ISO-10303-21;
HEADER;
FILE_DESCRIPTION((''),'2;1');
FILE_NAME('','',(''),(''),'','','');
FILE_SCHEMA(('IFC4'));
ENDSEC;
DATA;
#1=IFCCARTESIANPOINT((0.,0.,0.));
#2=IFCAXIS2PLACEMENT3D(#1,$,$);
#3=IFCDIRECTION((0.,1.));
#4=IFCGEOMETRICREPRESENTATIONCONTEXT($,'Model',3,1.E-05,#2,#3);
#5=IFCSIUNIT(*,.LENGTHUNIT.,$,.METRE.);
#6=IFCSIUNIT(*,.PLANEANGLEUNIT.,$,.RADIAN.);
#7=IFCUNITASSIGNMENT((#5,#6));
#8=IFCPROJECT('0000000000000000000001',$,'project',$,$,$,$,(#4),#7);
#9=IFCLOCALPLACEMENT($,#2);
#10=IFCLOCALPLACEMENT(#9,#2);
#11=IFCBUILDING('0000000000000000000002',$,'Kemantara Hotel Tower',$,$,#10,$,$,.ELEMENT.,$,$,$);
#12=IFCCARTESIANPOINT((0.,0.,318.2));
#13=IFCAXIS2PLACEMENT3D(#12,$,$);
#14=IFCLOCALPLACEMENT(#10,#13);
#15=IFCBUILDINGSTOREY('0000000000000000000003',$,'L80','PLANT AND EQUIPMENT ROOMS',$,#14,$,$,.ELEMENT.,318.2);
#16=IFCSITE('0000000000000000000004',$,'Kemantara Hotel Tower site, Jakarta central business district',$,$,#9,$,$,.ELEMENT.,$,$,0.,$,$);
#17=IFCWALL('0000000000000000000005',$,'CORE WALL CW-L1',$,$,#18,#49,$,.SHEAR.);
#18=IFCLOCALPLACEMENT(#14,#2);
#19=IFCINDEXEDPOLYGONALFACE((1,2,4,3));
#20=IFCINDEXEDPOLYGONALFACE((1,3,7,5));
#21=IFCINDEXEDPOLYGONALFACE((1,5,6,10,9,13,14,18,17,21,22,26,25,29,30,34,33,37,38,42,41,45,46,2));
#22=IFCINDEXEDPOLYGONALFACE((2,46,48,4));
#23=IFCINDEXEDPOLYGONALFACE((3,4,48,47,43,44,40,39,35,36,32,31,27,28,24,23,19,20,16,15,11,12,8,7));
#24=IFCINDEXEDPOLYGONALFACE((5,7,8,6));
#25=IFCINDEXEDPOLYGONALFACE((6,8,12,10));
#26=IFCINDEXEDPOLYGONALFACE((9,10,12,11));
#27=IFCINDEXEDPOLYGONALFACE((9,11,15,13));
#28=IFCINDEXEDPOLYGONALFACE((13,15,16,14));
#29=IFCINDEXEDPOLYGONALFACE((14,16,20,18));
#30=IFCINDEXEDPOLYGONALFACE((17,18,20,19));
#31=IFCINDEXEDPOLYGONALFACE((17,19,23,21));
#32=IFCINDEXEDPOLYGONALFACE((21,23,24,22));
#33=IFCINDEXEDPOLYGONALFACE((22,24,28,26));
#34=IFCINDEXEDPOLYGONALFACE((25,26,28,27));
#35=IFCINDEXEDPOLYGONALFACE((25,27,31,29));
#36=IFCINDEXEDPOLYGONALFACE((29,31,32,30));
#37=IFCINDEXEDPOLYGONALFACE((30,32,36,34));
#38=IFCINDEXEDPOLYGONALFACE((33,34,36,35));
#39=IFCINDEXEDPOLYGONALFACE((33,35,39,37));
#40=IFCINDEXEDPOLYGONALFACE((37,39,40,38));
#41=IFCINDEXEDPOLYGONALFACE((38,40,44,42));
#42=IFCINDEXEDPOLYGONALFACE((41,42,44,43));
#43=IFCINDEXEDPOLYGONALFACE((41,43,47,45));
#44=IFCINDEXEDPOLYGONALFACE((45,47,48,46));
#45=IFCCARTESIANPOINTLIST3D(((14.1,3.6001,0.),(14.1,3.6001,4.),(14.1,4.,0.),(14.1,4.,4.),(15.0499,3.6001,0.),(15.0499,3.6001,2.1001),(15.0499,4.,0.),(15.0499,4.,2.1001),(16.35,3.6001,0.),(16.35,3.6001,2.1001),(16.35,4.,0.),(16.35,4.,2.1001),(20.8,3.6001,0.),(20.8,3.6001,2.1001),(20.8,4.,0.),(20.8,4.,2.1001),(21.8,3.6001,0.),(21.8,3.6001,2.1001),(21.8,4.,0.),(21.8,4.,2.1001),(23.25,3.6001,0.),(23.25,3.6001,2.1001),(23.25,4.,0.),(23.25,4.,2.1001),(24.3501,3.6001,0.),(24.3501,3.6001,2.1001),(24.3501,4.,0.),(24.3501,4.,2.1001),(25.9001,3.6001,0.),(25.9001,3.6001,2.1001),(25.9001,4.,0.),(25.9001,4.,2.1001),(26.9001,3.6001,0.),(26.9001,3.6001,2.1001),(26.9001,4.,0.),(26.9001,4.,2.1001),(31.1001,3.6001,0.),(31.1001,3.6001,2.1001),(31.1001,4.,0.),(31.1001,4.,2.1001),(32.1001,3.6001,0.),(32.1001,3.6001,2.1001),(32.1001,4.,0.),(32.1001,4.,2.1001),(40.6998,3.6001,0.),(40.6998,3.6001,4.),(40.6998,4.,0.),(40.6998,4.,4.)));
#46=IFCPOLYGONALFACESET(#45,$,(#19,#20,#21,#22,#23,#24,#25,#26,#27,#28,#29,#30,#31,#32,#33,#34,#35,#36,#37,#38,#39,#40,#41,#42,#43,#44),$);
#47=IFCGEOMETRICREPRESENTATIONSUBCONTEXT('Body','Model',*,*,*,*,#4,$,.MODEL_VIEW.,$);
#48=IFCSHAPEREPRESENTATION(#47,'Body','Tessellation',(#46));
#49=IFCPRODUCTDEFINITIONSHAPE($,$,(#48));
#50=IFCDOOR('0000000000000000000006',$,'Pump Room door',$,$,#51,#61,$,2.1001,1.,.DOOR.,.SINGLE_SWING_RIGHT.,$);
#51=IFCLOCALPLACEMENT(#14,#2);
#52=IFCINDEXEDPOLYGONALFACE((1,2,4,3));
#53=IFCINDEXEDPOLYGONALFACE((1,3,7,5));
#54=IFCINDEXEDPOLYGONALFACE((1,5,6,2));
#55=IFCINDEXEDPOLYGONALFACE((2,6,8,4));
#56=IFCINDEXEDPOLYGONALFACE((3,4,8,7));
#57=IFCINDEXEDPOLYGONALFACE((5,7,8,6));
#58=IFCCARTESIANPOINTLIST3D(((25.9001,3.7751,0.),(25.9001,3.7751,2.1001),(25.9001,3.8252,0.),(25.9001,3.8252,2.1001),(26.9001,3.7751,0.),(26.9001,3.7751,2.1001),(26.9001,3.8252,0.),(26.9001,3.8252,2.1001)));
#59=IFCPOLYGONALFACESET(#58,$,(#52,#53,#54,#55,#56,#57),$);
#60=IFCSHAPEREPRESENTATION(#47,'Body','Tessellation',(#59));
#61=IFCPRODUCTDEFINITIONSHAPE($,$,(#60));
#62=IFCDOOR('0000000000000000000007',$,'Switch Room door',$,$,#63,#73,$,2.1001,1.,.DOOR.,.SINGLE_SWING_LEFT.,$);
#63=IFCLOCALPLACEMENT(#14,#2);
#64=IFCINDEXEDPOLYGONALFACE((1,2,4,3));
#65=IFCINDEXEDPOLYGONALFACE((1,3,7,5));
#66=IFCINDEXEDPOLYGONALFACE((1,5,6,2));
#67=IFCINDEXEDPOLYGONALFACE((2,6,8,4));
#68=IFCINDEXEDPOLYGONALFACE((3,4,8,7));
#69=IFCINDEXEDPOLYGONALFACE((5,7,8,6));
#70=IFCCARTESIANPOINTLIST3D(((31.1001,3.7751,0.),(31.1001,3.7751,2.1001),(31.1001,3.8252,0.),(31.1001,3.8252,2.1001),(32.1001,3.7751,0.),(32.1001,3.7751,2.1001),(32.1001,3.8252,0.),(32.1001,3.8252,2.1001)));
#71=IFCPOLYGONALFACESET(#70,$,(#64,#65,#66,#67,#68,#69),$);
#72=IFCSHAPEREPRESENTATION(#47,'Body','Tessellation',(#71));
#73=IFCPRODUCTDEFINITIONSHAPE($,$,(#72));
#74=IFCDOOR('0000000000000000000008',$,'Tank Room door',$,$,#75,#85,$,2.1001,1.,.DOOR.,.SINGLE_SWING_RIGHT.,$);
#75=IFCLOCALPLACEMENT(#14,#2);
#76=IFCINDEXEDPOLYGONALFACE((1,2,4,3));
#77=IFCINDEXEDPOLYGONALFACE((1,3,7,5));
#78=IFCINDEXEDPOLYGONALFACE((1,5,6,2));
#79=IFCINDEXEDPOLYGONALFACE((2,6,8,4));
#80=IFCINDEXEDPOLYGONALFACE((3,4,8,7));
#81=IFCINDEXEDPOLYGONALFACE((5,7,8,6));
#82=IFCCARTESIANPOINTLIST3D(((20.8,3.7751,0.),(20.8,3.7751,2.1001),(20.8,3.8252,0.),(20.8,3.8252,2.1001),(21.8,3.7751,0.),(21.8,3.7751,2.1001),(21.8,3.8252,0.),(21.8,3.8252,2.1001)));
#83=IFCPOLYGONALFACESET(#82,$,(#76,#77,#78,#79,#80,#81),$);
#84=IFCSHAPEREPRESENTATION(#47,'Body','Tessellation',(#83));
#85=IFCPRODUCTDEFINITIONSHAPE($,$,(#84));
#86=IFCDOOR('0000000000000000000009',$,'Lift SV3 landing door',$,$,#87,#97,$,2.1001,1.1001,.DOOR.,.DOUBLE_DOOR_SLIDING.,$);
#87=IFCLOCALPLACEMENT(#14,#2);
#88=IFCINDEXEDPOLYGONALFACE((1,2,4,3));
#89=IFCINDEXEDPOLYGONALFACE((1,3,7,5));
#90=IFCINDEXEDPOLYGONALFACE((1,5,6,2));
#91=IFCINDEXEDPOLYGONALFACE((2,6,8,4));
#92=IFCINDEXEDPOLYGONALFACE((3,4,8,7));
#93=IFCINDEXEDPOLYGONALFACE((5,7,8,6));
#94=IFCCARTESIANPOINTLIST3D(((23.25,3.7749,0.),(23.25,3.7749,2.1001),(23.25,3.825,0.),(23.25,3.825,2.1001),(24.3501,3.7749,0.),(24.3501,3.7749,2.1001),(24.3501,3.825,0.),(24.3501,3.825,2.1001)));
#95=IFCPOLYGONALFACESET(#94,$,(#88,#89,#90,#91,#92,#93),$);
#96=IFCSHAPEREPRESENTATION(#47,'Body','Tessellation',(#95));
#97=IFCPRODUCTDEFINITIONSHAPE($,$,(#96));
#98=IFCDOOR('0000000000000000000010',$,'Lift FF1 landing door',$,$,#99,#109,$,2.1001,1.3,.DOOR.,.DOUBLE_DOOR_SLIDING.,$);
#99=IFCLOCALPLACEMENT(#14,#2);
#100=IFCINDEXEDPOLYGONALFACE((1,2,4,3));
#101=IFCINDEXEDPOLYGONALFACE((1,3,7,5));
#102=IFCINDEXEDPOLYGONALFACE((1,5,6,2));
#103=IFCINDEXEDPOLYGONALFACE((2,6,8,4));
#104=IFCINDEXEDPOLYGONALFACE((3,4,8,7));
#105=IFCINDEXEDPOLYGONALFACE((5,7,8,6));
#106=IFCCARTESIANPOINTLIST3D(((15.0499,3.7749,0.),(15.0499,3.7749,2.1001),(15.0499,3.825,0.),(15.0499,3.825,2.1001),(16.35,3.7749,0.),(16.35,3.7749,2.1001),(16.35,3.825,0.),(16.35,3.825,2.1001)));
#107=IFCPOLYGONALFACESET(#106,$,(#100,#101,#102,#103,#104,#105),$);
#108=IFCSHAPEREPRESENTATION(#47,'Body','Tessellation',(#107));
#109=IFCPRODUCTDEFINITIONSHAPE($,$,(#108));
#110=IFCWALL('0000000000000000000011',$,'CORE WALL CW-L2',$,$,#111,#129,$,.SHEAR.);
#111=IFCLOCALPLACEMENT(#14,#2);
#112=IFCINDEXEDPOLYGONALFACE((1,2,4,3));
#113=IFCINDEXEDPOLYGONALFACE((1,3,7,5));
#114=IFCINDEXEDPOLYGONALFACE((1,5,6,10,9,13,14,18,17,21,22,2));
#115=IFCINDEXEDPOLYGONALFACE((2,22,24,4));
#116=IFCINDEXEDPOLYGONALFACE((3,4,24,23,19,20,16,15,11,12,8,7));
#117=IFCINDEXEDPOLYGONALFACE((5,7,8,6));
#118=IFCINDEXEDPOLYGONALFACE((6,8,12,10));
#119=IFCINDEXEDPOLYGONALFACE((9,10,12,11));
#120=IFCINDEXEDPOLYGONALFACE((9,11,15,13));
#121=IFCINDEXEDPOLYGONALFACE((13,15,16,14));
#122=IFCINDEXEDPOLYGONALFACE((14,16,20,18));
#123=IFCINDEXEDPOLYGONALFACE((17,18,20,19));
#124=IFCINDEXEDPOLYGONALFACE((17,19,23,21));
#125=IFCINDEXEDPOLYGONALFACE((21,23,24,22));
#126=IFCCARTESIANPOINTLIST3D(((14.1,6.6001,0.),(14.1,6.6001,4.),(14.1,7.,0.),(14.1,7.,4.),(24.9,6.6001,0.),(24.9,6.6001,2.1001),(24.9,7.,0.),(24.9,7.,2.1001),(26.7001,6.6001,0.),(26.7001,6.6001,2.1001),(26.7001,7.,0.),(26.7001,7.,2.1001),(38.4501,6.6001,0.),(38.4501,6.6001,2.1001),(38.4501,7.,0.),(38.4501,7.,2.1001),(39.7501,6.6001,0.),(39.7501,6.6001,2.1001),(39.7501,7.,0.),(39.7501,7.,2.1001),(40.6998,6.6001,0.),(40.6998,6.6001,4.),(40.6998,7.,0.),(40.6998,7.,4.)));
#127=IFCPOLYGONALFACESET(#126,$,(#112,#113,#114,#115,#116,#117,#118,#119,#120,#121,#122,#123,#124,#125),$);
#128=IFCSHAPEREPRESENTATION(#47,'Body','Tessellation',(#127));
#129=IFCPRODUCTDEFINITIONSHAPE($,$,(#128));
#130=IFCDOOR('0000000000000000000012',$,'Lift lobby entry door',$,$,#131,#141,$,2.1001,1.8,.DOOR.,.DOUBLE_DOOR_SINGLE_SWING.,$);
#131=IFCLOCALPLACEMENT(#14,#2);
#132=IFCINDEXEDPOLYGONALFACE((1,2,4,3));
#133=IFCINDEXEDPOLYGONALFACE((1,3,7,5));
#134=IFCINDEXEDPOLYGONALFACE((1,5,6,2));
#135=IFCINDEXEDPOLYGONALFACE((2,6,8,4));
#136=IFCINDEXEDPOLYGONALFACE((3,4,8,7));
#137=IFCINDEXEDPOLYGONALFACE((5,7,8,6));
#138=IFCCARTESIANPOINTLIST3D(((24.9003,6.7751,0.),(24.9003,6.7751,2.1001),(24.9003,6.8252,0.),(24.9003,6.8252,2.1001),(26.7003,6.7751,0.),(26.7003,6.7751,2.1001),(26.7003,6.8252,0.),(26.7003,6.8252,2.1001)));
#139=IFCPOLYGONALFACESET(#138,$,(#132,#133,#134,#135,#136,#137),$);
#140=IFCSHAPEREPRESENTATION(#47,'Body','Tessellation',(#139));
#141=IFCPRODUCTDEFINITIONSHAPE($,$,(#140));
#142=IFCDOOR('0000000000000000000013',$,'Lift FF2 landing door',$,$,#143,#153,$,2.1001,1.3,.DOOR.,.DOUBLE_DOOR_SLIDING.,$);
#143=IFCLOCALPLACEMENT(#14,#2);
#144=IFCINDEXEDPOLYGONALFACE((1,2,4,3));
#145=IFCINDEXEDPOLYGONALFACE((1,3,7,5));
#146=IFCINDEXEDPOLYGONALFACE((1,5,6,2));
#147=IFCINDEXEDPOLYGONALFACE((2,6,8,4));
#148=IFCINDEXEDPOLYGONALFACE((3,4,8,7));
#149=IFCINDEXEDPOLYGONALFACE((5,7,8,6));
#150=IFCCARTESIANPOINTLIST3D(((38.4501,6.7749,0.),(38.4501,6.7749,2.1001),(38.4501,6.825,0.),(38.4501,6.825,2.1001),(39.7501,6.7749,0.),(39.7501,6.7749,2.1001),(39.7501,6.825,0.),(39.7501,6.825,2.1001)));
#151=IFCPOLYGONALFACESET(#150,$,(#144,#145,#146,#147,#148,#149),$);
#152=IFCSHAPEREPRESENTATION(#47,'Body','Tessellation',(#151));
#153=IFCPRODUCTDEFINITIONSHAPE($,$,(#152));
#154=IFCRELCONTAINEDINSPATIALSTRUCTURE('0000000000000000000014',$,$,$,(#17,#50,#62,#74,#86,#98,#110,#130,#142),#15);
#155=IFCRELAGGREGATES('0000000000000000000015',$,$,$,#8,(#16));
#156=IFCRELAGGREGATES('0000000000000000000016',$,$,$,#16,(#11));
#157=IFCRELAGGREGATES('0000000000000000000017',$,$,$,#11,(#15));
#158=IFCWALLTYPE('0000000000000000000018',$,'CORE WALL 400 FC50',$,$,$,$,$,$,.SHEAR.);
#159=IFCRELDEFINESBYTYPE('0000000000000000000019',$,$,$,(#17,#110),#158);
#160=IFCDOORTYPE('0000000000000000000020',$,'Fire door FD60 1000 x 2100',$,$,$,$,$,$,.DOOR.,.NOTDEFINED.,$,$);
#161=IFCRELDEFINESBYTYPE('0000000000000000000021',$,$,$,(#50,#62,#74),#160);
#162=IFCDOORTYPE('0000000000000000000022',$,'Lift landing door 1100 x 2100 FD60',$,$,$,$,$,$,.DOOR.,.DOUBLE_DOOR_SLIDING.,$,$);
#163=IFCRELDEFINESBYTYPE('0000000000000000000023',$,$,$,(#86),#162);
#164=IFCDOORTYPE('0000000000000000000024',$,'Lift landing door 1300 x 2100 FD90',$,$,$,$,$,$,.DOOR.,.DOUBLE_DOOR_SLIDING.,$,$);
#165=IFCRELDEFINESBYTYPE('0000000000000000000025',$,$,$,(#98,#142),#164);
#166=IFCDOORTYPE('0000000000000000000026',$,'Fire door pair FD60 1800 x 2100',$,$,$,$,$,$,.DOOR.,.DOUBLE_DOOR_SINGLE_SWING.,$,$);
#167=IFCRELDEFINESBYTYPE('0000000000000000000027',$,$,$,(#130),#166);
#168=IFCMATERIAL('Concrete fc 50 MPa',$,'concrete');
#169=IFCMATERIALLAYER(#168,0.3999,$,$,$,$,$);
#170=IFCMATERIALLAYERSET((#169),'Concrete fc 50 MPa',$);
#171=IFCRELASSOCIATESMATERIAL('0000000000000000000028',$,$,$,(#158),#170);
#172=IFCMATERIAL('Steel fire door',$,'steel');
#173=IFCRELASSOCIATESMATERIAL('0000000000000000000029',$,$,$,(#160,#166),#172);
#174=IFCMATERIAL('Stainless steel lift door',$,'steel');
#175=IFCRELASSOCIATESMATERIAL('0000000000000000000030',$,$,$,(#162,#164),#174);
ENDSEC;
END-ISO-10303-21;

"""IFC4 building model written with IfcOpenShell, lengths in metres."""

from ifc_helpers import new_model, si_unit, direction, frame, frame_2d, origin, place, context, subcontext, project, spatial, rectangle, extrude, material, layer, layer_set, type_object, element, fill, save


model = new_model("IFC4")

# Units and contexts
model_context = context("Model", 3, precision=1e-05, world=origin(), true_north=direction((0.0, 1.0)))
body_context = subcontext(model_context, "Body", "Model", "MODEL_VIEW")
ifc_project = project(units=[si_unit("LENGTHUNIT", "METRE"), si_unit("PLANEANGLEUNIT", "RADIAN")], contexts=[model_context])

# Site, building, storey
site_placement = place(None, origin())
site = spatial("IfcSite", under=ifc_project, at=site_placement, Name="Kemantara Hotel Tower site, Jakarta central business district", CompositionType="ELEMENT", RefElevation=0.0)
building_placement = place(site_placement, origin())
building = spatial("IfcBuilding", under=site, at=building_placement, Name="Kemantara Hotel Tower", CompositionType="ELEMENT")
storey_placement = place(building_placement, frame((0.0, 0.0, 318.2)))
storey = spatial("IfcBuildingStorey", under=building, at=storey_placement, Name="L80", Description="PLANT AND EQUIPMENT ROOMS", CompositionType="ELEMENT", Elevation=318.2)

# Shared definitions
ifc_material_1 = material(Name="Concrete fc 50 MPa", Category="concrete")

# Walls, openings, doors
ifc_layer_1 = layer(ifc_material_1, 0.3999)
ifc_layer_set_1 = layer_set([ifc_layer_1], Name="Concrete fc 50 MPa")
wall_type_1 = type_object("IfcWallType", Name="CORE WALL 400 FC50", PredefinedType="SHEAR", material=ifc_layer_set_1)
ifc_material_2 = material(Name="Steel fire door", Category="steel")
door_type_1 = type_object("IfcDoorType", Name="Fire door FD60 1000 x 2100", OperationType="NOTDEFINED", PredefinedType="DOOR", material=ifc_material_2)
wall_1_placement = place(storey_placement, frame((14.1001, 3.8, 0.0), z_axis=(0.0, 0.0, 1.0), x_axis=(1.0, 0.0, 0.0)))
wall_1 = element("IfcWall", 1, at=wall_1_placement, inside=storey, type_object=wall_type_1, Name="CORE WALL CW-L1", PredefinedType="SHEAR", context=body_context, shape_type="SweptSolid", body=[
    extrude(rectangle(XDim=26.5999, YDim=0.3999, at=frame_2d((13.2998, 0.0))), origin(), (0.0, 0.0, 1.0), 4.0),
])
opening_1_placement = place(wall_1_placement, frame((0.95, 0.0, 0.0)))
opening_1 = element("IfcOpeningElement", 2, at=opening_1_placement, cuts=wall_1, PredefinedType="OPENING", context=body_context, shape_type="SweptSolid", body=[
    extrude(rectangle(XDim=1.3, YDim=2.1001, at=frame_2d((0.6499, 1.05))), frame((0.0, 0.21, 0.0), z_axis=(0.0, -1.0, 0.0), x_axis=(1.0, 0.0, 0.0)), (0.0, 0.0, 1.0), 0.4199),
])
opening_2_placement = place(wall_1_placement, frame((9.1499, 0.0, 0.0)))
opening_2 = element("IfcOpeningElement", 3, at=opening_2_placement, cuts=wall_1, PredefinedType="OPENING", context=body_context, shape_type="SweptSolid", body=[
    extrude(rectangle(XDim=1.1001, YDim=2.1001, at=frame_2d((0.55, 1.05))), frame((0.0, 0.21, 0.0), z_axis=(0.0, -1.0, 0.0), x_axis=(1.0, 0.0, 0.0)), (0.0, 0.0, 1.0), 0.4199),
])
opening_3_placement = place(wall_1_placement, frame((11.8, 0.0, 0.0)))
opening_3 = element("IfcOpeningElement", 4, at=opening_3_placement, cuts=wall_1, PredefinedType="OPENING", context=body_context, shape_type="SweptSolid", body=[
    extrude(rectangle(XDim=1.0, YDim=2.1001, at=frame_2d((0.5, 1.05))), frame((0.0, 0.21, 0.0), z_axis=(0.0, -1.0, 0.0), x_axis=(1.0, 0.0, 0.0)), (0.0, 0.0, 1.0), 0.4199),
])
opening_4_placement = place(wall_1_placement, frame((17.0, 0.0, 0.0)))
opening_4 = element("IfcOpeningElement", 5, at=opening_4_placement, cuts=wall_1, PredefinedType="OPENING", context=body_context, shape_type="SweptSolid", body=[
    extrude(rectangle(XDim=1.0, YDim=2.1001, at=frame_2d((0.5, 1.05))), frame((0.0, 0.21, 0.0), z_axis=(0.0, -1.0, 0.0), x_axis=(1.0, 0.0, 0.0)), (0.0, 0.0, 1.0), 0.4199),
])
opening_5_placement = place(wall_1_placement, frame((6.7, 0.0, 0.0)))
opening_5 = element("IfcOpeningElement", 6, at=opening_5_placement, cuts=wall_1, PredefinedType="OPENING", context=body_context, shape_type="SweptSolid", body=[
    extrude(rectangle(XDim=1.0, YDim=2.1001, at=frame_2d((0.5, 1.05))), frame((0.0, 0.21, 0.0), z_axis=(0.0, -1.0, 0.0), x_axis=(1.0, 0.0, 0.0)), (0.0, 0.0, 1.0), 0.4199),
])
door_1_placement = place(opening_3_placement, frame((1.0, 0.0, 0.0), z_axis=(0.0, 0.0, 1.0), x_axis=(-1.0, 0.0, 0.0)))
door_1 = element("IfcDoor", 7, at=door_1_placement, inside=storey, type_object=door_type_1, Name="Pump Room door", OperationType="SINGLE_SWING_RIGHT", OverallHeight=2.1001, OverallWidth=1.0, PredefinedType="DOOR", context=body_context, shape_type="SweptSolid", body=[
    extrude(rectangle(XDim=1.0, YDim=2.1001, at=frame_2d((0.5, 1.05))), frame((0.0, 0.0249, 0.0), z_axis=(0.0, -1.0, 0.0), x_axis=(1.0, 0.0, 0.0)), (0.0, 0.0, 1.0), 0.05),
])
fill(opening_3, door_1)
door_2_placement = place(opening_4_placement, frame((1.0, 0.0, 0.0), z_axis=(0.0, 0.0, 1.0), x_axis=(-1.0, 0.0, 0.0)))
door_2 = element("IfcDoor", 8, at=door_2_placement, inside=storey, type_object=door_type_1, Name="Switch Room door", OperationType="SINGLE_SWING_LEFT", OverallHeight=2.1001, OverallWidth=1.0, PredefinedType="DOOR", context=body_context, shape_type="SweptSolid", body=[
    extrude(rectangle(XDim=1.0, YDim=2.1001, at=frame_2d((0.5, 1.05))), frame((0.0, 0.0249, 0.0), z_axis=(0.0, -1.0, 0.0), x_axis=(1.0, 0.0, 0.0)), (0.0, 0.0, 1.0), 0.05),
])
fill(opening_4, door_2)
door_3_placement = place(opening_5_placement, frame((1.0, 0.0, 0.0), z_axis=(0.0, 0.0, 1.0), x_axis=(-1.0, 0.0, 0.0)))
door_3 = element("IfcDoor", 9, at=door_3_placement, inside=storey, type_object=door_type_1, Name="Tank Room door", OperationType="SINGLE_SWING_RIGHT", OverallHeight=2.1001, OverallWidth=1.0, PredefinedType="DOOR", context=body_context, shape_type="SweptSolid", body=[
    extrude(rectangle(XDim=1.0, YDim=2.1001, at=frame_2d((0.5, 1.05))), frame((0.0, 0.0249, 0.0), z_axis=(0.0, -1.0, 0.0), x_axis=(1.0, 0.0, 0.0)), (0.0, 0.0, 1.0), 0.05),
])
fill(opening_5, door_3)
ifc_material_3 = material(Name="Stainless steel lift door", Category="steel")
door_type_2 = type_object("IfcDoorType", Name="Lift landing door 1100 x 2100 FD60", OperationType="DOUBLE_DOOR_SLIDING", PredefinedType="DOOR", material=ifc_material_3)
door_4_placement = place(opening_2_placement, origin())
door_4 = element("IfcDoor", 10, at=door_4_placement, inside=storey, type_object=door_type_2, Name="Lift SV3 landing door", OperationType="DOUBLE_DOOR_SLIDING", OverallHeight=2.1001, OverallWidth=1.1001, PredefinedType="DOOR", context=body_context, shape_type="SweptSolid", body=[
    extrude(rectangle(XDim=1.1001, YDim=2.1001, at=frame_2d((0.55, 1.05))), frame((0.0, 0.0249, 0.0), z_axis=(0.0, -1.0, 0.0), x_axis=(1.0, 0.0, 0.0)), (0.0, 0.0, 1.0), 0.05),
])
fill(opening_2, door_4)
door_type_3 = type_object("IfcDoorType", Name="Lift landing door 1300 x 2100 FD90", OperationType="DOUBLE_DOOR_SLIDING", PredefinedType="DOOR", material=ifc_material_3)
door_5_placement = place(opening_1_placement, origin())
door_5 = element("IfcDoor", 11, at=door_5_placement, inside=storey, type_object=door_type_3, Name="Lift FF1 landing door", OperationType="DOUBLE_DOOR_SLIDING", OverallHeight=2.1001, OverallWidth=1.3, PredefinedType="DOOR", context=body_context, shape_type="SweptSolid", body=[
    extrude(rectangle(XDim=1.3, YDim=2.1001, at=frame_2d((0.6499, 1.05))), frame((0.0, 0.0249, 0.0), z_axis=(0.0, -1.0, 0.0), x_axis=(1.0, 0.0, 0.0)), (0.0, 0.0, 1.0), 0.05),
])
fill(opening_1, door_5)
wall_2_placement = place(storey_placement, frame((14.1001, 6.8, 0.0), z_axis=(0.0, 0.0, 1.0), x_axis=(1.0, 0.0, 0.0)))
wall_2 = element("IfcWall", 12, at=wall_2_placement, inside=storey, type_object=wall_type_1, Name="CORE WALL CW-L2", PredefinedType="SHEAR", context=body_context, shape_type="SweptSolid", body=[
    extrude(rectangle(XDim=26.5999, YDim=0.3999, at=frame_2d((13.2998, 0.0))), origin(), (0.0, 0.0, 1.0), 4.0),
])
opening_6_placement = place(wall_2_placement, frame((10.8, 0.0, 0.0)))
opening_6 = element("IfcOpeningElement", 13, at=opening_6_placement, cuts=wall_2, PredefinedType="OPENING", context=body_context, shape_type="SweptSolid", body=[
    extrude(rectangle(XDim=1.8, YDim=2.1001, at=frame_2d((0.8999, 1.05))), frame((0.0, 0.21, 0.0), z_axis=(0.0, -1.0, 0.0), x_axis=(1.0, 0.0, 0.0)), (0.0, 0.0, 1.0), 0.4199),
])
opening_7_placement = place(wall_2_placement, frame((24.3501, 0.0, 0.0)))
opening_7 = element("IfcOpeningElement", 14, at=opening_7_placement, cuts=wall_2, PredefinedType="OPENING", context=body_context, shape_type="SweptSolid", body=[
    extrude(rectangle(XDim=1.3, YDim=2.1001, at=frame_2d((0.6499, 1.05))), frame((0.0, 0.21, 0.0), z_axis=(0.0, -1.0, 0.0), x_axis=(1.0, 0.0, 0.0)), (0.0, 0.0, 1.0), 0.4199),
])
door_type_4 = type_object("IfcDoorType", Name="Fire door pair FD60 1800 x 2100", OperationType="DOUBLE_DOOR_SINGLE_SWING", PredefinedType="DOOR", material=ifc_material_2)
door_6_placement = place(opening_6_placement, frame((1.8, 0.0, 0.0), z_axis=(0.0, 0.0, 1.0), x_axis=(-1.0, 0.0, 0.0)))
door_6 = element("IfcDoor", 15, at=door_6_placement, inside=storey, type_object=door_type_4, Name="Lift lobby entry door", OperationType="DOUBLE_DOOR_SINGLE_SWING", OverallHeight=2.1001, OverallWidth=1.8, PredefinedType="DOOR", context=body_context, shape_type="SweptSolid", body=[
    extrude(rectangle(XDim=1.8, YDim=2.1001, at=frame_2d((0.8999, 1.05))), frame((0.0, 0.0249, 0.0), z_axis=(0.0, -1.0, 0.0), x_axis=(1.0, 0.0, 0.0)), (0.0, 0.0, 1.0), 0.05),
])
fill(opening_6, door_6)
door_7_placement = place(opening_7_placement, origin())
door_7 = element("IfcDoor", 16, at=door_7_placement, inside=storey, type_object=door_type_3, Name="Lift FF2 landing door", OperationType="DOUBLE_DOOR_SLIDING", OverallHeight=2.1001, OverallWidth=1.3, PredefinedType="DOOR", context=body_context, shape_type="SweptSolid", body=[
    extrude(rectangle(XDim=1.3, YDim=2.1001, at=frame_2d((0.6499, 1.05))), frame((0.0, 0.0249, 0.0), z_axis=(0.0, -1.0, 0.0), x_axis=(1.0, 0.0, 0.0)), (0.0, 0.0, 1.0), 0.05),
])
fill(opening_7, door_7)

save(model, "model.ifc")
